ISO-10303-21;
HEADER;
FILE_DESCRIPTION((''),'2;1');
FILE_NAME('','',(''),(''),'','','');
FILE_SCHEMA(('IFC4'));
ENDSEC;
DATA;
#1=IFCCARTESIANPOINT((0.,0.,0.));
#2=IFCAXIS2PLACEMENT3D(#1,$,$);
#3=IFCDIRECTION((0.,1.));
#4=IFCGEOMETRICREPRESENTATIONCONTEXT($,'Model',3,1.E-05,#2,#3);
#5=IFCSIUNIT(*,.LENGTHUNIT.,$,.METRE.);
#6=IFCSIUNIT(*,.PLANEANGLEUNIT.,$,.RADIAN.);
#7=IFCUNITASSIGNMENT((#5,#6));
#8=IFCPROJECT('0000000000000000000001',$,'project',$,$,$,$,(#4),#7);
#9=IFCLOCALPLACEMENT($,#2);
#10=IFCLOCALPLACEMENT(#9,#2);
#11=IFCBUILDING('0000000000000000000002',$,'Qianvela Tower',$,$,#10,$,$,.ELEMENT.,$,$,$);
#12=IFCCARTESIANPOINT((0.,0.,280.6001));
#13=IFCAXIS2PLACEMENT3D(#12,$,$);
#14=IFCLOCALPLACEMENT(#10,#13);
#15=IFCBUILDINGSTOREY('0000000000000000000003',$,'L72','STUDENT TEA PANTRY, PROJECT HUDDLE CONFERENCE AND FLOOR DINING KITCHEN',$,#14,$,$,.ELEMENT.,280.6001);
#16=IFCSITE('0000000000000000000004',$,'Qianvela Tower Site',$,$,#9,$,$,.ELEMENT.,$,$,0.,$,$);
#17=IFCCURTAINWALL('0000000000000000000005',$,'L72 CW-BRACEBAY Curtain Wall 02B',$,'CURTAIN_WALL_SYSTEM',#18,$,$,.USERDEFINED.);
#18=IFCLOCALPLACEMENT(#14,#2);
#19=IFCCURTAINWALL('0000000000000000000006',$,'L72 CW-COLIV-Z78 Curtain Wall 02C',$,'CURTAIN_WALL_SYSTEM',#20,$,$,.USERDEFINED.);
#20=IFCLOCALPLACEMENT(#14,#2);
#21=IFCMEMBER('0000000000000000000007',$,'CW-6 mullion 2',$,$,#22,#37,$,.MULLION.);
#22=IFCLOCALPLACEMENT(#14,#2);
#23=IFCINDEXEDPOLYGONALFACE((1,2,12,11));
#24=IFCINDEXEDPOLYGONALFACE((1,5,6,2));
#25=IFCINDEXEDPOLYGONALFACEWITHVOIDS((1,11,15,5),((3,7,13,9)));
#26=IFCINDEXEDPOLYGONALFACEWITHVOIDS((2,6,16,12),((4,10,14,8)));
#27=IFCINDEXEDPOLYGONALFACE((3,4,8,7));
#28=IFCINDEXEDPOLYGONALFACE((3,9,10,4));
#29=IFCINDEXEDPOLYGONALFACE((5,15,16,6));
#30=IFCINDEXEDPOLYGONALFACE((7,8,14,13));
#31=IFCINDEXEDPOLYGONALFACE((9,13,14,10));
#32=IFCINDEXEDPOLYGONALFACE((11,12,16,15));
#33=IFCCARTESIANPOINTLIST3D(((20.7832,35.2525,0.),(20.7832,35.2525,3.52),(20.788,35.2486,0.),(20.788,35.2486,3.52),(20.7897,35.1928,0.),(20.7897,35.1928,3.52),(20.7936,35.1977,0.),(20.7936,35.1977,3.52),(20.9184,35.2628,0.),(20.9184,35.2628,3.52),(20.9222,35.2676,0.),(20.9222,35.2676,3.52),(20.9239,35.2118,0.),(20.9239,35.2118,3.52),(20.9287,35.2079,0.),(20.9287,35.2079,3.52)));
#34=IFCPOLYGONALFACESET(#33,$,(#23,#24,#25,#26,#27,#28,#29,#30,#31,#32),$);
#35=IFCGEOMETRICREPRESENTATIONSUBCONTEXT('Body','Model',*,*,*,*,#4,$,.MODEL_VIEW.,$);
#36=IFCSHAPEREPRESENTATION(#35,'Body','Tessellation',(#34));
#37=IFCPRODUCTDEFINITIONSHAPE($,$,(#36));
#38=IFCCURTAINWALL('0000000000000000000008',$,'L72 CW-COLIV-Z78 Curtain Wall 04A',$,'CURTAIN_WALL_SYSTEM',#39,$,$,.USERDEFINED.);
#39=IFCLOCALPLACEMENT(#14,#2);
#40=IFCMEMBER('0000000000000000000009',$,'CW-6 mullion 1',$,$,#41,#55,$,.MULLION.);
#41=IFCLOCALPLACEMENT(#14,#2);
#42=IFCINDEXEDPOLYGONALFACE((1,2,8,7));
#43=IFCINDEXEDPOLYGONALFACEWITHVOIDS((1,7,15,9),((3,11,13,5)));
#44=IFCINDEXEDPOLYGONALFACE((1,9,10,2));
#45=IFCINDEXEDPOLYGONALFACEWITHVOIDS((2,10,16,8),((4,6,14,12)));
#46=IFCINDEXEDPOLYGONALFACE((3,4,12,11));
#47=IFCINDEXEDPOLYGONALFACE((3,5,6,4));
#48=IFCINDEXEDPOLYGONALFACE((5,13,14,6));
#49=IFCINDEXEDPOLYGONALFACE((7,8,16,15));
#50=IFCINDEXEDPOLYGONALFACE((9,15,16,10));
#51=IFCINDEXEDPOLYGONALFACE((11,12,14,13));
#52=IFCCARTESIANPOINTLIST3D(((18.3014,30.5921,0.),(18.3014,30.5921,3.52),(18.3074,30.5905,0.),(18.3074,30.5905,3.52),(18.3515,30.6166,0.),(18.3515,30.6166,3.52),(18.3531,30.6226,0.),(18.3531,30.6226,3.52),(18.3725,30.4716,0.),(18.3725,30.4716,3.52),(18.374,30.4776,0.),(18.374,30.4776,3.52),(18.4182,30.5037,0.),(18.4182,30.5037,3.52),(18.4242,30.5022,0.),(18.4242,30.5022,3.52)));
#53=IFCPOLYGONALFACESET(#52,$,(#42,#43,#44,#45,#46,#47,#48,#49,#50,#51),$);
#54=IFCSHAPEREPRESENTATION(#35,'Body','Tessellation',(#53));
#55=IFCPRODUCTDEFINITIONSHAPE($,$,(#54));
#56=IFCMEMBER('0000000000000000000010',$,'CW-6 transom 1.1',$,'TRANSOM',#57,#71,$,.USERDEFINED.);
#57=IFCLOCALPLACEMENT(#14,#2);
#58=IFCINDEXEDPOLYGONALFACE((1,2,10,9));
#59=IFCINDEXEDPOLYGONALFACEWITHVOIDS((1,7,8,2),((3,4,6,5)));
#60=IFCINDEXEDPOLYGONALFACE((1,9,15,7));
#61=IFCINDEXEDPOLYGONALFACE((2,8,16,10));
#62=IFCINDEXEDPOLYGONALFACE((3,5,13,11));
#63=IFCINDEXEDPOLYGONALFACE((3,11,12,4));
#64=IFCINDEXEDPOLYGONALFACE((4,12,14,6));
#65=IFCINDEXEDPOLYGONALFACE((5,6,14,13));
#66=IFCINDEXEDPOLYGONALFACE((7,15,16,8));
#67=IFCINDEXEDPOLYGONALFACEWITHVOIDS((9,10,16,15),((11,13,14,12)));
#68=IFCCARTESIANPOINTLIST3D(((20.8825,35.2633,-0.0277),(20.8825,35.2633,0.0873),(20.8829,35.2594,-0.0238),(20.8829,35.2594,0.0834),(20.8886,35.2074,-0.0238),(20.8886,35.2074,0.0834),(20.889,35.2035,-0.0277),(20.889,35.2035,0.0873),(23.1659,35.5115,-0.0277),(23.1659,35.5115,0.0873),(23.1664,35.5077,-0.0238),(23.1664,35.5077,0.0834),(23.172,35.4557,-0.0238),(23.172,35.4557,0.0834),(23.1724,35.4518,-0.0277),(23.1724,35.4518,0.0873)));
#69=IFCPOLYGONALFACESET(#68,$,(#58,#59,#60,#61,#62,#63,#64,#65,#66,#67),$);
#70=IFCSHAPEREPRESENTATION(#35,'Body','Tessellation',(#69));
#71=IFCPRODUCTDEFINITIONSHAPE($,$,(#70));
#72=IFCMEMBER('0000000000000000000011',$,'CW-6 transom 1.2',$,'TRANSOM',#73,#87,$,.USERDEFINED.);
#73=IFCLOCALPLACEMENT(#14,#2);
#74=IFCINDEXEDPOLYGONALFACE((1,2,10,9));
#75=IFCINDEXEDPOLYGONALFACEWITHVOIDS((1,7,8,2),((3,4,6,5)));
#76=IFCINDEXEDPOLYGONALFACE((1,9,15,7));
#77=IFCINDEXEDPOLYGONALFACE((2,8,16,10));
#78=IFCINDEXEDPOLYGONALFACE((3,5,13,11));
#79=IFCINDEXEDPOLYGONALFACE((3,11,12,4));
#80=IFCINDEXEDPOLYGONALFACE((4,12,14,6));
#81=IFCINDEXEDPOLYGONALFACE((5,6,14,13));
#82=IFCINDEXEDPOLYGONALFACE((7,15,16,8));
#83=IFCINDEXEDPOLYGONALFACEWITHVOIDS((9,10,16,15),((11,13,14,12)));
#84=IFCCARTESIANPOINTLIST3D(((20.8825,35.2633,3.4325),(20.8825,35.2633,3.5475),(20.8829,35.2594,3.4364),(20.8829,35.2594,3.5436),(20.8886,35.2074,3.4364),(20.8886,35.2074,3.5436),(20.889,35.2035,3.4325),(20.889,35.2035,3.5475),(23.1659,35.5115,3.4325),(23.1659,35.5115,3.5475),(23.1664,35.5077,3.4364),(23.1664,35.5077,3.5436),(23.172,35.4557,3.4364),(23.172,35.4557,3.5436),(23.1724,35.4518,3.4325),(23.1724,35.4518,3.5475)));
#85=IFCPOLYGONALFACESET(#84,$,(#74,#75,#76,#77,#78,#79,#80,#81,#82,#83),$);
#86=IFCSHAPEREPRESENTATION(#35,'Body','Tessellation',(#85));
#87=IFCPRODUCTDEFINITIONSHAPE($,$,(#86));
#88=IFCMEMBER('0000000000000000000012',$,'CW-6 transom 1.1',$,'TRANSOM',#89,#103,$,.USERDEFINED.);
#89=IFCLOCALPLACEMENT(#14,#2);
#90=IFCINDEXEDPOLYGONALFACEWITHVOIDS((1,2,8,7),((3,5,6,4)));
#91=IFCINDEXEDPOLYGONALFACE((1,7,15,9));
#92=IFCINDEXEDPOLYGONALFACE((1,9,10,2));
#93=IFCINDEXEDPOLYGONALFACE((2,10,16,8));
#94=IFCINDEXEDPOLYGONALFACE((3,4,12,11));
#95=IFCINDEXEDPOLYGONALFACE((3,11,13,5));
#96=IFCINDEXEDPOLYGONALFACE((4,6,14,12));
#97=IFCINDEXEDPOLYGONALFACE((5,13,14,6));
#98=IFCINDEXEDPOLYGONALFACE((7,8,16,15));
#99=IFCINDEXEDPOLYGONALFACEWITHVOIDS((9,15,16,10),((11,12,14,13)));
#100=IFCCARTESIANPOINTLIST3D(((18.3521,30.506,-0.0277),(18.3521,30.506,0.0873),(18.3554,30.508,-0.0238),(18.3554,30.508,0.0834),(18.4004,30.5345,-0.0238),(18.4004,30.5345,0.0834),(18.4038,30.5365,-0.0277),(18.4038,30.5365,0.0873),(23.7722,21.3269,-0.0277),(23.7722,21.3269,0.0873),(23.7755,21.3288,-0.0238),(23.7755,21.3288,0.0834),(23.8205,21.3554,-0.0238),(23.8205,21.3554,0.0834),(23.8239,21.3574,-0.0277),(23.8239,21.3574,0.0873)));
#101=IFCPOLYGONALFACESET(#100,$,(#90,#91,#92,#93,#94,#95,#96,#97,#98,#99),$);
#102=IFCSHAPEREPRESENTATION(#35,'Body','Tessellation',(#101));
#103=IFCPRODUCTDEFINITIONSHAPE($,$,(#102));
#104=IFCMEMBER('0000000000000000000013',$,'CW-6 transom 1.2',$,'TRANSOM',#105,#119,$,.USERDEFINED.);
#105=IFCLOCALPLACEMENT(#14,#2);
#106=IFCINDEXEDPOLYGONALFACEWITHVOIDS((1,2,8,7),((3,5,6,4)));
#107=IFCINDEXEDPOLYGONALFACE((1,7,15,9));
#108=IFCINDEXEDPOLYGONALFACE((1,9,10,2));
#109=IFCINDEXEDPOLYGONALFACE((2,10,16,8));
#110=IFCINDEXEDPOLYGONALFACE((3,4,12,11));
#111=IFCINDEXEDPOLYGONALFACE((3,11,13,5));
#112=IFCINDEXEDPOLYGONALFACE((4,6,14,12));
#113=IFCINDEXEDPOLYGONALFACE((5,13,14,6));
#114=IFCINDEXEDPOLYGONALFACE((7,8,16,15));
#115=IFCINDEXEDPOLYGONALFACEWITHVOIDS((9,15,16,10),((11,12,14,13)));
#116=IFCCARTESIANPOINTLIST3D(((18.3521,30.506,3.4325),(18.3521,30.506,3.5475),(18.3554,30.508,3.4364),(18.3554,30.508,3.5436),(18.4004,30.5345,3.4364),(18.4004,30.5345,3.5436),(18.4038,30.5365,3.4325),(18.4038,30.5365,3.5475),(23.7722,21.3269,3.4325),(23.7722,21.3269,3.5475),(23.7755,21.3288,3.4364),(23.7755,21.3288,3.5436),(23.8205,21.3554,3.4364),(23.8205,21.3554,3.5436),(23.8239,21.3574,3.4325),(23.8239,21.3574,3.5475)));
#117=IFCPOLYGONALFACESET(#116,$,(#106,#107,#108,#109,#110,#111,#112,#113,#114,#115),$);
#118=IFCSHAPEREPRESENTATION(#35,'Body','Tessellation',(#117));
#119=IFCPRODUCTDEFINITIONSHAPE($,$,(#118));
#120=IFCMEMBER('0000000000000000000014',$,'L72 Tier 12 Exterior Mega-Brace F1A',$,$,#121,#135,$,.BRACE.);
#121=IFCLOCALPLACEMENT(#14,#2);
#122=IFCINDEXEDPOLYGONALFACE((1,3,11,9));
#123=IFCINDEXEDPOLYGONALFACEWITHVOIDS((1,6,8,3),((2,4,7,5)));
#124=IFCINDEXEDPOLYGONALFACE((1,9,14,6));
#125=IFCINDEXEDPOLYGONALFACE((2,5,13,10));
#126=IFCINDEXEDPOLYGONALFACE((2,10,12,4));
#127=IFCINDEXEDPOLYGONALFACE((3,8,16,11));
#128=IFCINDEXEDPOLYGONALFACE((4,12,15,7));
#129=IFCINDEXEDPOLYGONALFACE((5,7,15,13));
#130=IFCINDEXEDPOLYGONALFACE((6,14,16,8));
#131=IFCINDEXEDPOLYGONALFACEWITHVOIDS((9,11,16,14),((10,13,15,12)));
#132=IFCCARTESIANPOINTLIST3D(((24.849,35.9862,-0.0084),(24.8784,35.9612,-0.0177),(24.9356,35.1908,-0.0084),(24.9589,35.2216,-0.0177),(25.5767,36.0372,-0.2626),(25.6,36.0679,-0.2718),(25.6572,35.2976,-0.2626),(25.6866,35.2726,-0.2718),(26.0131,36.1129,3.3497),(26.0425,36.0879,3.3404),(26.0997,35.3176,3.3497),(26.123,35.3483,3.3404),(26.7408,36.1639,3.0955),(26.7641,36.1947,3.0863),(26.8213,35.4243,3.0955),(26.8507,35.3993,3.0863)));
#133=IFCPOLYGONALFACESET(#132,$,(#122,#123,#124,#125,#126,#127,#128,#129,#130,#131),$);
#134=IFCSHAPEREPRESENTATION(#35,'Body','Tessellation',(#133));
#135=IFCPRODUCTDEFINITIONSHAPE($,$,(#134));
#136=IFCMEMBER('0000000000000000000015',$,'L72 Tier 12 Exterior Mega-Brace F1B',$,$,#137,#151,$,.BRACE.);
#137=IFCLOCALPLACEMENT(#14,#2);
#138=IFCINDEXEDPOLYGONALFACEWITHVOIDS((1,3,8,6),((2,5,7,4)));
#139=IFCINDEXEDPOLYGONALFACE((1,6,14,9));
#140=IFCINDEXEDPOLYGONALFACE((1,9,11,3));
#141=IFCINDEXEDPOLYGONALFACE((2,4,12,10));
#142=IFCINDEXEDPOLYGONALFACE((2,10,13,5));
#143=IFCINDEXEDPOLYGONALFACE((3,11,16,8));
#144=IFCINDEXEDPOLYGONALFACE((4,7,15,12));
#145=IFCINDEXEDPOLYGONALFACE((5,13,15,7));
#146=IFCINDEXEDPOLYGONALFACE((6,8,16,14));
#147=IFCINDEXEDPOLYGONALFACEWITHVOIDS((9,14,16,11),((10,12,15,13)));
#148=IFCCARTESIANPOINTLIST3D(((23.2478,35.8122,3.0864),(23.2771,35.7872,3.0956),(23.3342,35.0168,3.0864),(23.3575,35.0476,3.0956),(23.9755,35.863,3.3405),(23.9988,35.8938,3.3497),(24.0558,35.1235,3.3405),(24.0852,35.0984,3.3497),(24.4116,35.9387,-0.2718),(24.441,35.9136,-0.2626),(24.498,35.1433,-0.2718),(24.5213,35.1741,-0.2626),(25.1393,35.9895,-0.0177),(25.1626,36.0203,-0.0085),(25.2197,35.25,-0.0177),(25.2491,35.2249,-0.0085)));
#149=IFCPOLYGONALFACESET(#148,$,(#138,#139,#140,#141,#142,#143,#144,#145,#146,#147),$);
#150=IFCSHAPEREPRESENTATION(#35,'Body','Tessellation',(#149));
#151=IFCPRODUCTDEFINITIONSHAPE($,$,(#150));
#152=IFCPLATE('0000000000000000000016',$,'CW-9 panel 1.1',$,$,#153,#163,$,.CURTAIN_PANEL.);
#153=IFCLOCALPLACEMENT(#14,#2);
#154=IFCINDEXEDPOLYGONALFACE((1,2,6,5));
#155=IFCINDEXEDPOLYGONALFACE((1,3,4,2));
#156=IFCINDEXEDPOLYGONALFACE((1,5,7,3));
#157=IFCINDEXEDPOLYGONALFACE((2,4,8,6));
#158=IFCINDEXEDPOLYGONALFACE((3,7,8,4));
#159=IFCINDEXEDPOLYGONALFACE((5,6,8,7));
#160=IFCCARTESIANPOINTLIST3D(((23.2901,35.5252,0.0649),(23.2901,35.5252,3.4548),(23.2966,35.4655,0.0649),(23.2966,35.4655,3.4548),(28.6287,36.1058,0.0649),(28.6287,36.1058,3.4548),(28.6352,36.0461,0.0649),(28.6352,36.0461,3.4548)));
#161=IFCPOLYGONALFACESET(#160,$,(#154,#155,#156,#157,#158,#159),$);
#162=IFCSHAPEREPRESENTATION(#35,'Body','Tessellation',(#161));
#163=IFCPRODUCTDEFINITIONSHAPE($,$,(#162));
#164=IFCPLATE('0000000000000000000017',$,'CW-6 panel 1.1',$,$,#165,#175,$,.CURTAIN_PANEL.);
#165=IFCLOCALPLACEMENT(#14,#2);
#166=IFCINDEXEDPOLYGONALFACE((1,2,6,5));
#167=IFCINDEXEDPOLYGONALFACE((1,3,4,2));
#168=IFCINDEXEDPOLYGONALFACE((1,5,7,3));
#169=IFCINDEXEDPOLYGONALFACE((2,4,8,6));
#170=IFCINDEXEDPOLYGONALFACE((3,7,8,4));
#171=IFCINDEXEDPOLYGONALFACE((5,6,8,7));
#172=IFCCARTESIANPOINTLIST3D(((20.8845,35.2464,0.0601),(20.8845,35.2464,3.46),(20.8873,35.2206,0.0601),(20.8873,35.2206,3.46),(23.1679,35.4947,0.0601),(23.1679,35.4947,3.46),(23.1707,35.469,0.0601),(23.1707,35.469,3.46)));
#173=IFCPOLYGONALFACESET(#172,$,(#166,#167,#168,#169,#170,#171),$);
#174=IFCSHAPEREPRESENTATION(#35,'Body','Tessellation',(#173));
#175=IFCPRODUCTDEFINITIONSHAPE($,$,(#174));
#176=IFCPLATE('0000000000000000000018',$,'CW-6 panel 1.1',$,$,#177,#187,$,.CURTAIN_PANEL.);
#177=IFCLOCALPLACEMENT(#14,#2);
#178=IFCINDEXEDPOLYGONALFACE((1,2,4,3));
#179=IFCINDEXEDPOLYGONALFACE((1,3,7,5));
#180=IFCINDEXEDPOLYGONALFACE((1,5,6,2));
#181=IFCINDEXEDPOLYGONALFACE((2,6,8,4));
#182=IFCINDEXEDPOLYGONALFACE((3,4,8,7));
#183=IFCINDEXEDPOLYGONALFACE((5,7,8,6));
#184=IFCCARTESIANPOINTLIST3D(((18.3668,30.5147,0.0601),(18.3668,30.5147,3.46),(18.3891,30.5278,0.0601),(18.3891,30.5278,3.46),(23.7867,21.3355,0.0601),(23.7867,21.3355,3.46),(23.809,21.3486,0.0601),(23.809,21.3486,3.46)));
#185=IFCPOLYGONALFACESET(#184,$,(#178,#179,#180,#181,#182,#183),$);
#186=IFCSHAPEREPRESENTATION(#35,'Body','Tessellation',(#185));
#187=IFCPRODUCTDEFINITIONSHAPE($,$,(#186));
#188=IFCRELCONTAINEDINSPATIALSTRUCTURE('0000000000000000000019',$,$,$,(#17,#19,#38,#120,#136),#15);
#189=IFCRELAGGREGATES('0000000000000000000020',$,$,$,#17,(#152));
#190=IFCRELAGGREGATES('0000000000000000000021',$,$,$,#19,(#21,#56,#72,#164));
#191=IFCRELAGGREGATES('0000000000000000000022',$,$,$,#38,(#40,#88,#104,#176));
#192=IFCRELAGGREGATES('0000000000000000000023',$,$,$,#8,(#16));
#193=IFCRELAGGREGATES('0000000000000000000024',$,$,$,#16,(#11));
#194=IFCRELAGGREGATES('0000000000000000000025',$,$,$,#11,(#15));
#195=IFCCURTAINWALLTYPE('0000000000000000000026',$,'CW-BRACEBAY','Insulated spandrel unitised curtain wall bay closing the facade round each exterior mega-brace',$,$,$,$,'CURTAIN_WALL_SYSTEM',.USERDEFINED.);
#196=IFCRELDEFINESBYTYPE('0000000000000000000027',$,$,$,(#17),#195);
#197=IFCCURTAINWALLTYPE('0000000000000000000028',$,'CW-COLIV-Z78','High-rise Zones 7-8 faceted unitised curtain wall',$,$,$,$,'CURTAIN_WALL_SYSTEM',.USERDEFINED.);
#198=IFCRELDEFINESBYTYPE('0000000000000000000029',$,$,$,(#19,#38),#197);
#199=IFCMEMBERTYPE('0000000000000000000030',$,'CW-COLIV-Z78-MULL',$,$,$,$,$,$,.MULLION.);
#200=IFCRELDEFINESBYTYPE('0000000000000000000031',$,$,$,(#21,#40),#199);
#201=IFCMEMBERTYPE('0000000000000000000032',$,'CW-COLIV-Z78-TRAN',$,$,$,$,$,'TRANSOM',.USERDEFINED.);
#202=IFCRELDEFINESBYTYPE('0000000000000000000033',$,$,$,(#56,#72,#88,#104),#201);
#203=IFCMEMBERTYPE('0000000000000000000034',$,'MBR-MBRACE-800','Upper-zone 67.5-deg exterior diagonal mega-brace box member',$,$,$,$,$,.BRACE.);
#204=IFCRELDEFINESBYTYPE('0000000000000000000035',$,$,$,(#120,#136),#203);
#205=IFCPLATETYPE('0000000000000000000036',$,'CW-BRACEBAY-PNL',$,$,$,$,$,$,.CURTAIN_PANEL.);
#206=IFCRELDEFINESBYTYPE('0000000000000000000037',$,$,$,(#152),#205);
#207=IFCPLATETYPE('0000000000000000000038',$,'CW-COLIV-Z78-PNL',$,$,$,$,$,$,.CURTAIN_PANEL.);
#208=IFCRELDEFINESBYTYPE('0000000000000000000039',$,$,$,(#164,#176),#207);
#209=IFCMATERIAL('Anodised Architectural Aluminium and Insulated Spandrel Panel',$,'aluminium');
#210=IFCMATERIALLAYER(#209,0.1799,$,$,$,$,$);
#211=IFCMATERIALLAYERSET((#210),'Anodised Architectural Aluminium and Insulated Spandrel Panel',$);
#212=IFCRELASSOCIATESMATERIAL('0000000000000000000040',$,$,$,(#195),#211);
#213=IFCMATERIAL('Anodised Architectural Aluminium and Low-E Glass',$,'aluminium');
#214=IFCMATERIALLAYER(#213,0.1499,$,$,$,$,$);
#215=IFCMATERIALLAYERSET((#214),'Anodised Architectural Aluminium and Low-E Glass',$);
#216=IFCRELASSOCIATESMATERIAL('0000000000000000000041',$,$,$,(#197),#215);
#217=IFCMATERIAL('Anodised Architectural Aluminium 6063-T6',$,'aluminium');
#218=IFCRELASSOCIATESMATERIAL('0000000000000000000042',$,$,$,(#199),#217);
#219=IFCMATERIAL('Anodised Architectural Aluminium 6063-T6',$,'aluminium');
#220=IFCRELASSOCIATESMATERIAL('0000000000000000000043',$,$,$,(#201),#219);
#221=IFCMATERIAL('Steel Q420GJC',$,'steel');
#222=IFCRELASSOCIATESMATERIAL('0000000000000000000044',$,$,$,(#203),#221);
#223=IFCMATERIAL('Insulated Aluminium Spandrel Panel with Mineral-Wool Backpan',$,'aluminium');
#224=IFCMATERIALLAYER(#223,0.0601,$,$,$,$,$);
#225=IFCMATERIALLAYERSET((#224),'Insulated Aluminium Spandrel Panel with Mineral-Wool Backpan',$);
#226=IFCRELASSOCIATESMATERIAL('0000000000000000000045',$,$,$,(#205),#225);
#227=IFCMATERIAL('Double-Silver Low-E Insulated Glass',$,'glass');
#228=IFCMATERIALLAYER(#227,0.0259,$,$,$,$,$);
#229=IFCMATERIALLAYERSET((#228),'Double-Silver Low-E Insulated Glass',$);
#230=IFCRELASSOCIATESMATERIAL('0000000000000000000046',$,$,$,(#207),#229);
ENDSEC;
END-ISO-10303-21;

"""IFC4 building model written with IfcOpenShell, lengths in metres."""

from ifc_helpers import new_model, si_unit, direction, frame, origin, origin_2d, place, context, subcontext, project, spatial, rectangle, hollow_rectangle, extrude, material, layer, layer_set, material_profile, profile_set, type_object, element, aggregate, save


model = new_model("IFC4")

# Units and contexts
model_context = context("Model", 3, precision=1e-05, world=origin(), true_north=direction((0.0, 1.0)))
body_context = subcontext(model_context, "Body", "Model", "MODEL_VIEW")
ifc_project = project(units=[si_unit("LENGTHUNIT", "METRE"), si_unit("PLANEANGLEUNIT", "RADIAN")], contexts=[model_context])

# Site, building, storey
site_placement = place(None, origin())
site = spatial("IfcSite", under=ifc_project, at=site_placement, Name="Qianvela Tower Site", CompositionType="ELEMENT", RefElevation=0.0)
building_placement = place(site_placement, origin())
building = spatial("IfcBuilding", under=site, at=building_placement, Name="Qianvela Tower", CompositionType="ELEMENT")
storey_placement = place(building_placement, frame((0.0, 0.0, 280.6001)))
storey = spatial("IfcBuildingStorey", under=building, at=storey_placement, Name="L72", Description="STUDENT TEA PANTRY, PROJECT HUDDLE CONFERENCE AND FLOOR DINING KITCHEN", CompositionType="ELEMENT", Elevation=280.6001)

# Curtain wall
ifc_material_1 = material(Name="Anodised Architectural Aluminium and Insulated Spandrel Panel", Category="aluminium")
ifc_layer_1 = layer(ifc_material_1, 0.1799)
ifc_layer_set_1 = layer_set([ifc_layer_1], Name="Anodised Architectural Aluminium and Insulated Spandrel Panel")
curtain_wall_type_1 = type_object("IfcCurtainWallType", Name="CW-BRACEBAY", Description="Insulated spandrel unitised curtain wall bay closing the facade round each exterior mega-brace", ElementType="CURTAIN_WALL_SYSTEM", PredefinedType="USERDEFINED", material=ifc_layer_set_1)
curtain_wall_1_placement = place(storey_placement, origin())
curtain_wall_1 = element("IfcCurtainWall", 1, at=curtain_wall_1_placement, inside=storey, type_object=curtain_wall_type_1, Name="L72 CW-BRACEBAY Curtain Wall 02B", ObjectType="CURTAIN_WALL_SYSTEM", PredefinedType="USERDEFINED")

# Curtain wall, member
ifc_material_2 = material(Name="Anodised Architectural Aluminium and Low-E Glass", Category="aluminium")
ifc_layer_2 = layer(ifc_material_2, 0.1499)
ifc_layer_set_2 = layer_set([ifc_layer_2], Name="Anodised Architectural Aluminium and Low-E Glass")
curtain_wall_type_2 = type_object("IfcCurtainWallType", Name="CW-COLIV-Z78", Description="High-rise Zones 7-8 faceted unitised curtain wall", ElementType="CURTAIN_WALL_SYSTEM", PredefinedType="USERDEFINED", material=ifc_layer_set_2)
curtain_wall_2_placement = place(storey_placement, origin())
curtain_wall_2 = element("IfcCurtainWall", 2, at=curtain_wall_2_placement, inside=storey, type_object=curtain_wall_type_2, Name="L72 CW-COLIV-Z78 Curtain Wall 02C", ObjectType="CURTAIN_WALL_SYSTEM", PredefinedType="USERDEFINED")
ifc_material_3 = material(Name="Anodised Architectural Aluminium 6063-T6", Category="aluminium")
ifc_material_profile_1 = material_profile(ifc_material_3, hollow_rectangle(XDim=0.0601, YDim=0.1399, WallThickness=0.0044, at=origin_2d()), Name="ALU-MULL-60x140")
ifc_profile_set_1 = profile_set([ifc_material_profile_1], Name="Anodised Architectural Aluminium 6063-T6")
member_type_1 = type_object("IfcMemberType", Name="CW-COLIV-Z78-MULL", PredefinedType="MULLION", material=ifc_profile_set_1)
member_1_placement = place(storey_placement, frame((20.856, 35.2302, 0.0), z_axis=(0.0, 0.0, 1.0), x_axis=(0.10812, -0.994138, 0.0)))
member_1 = element("IfcMember", 3, at=member_1_placement, type_object=member_type_1, Name="CW-6 mullion 2", PredefinedType="MULLION", context=body_context, shape_type="SweptSolid", body=[
    extrude(hollow_rectangle(XDim=0.0601, YDim=0.1399, WallThickness=0.0044, at=origin_2d()), origin(), (0.0, 0.0, 1.0), 3.52),
])

# Curtain wall, member
curtain_wall_3_placement = place(storey_placement, origin())
curtain_wall_3 = element("IfcCurtainWall", 4, at=curtain_wall_3_placement, inside=storey, type_object=curtain_wall_type_2, Name="L72 CW-COLIV-Z78 Curtain Wall 04A", ObjectType="CURTAIN_WALL_SYSTEM", PredefinedType="USERDEFINED")
member_2_placement = place(storey_placement, frame((18.3628, 30.5471, 0.0), z_axis=(0.0, 0.0, 1.0), x_axis=(0.861096, 0.508442, 0.0)))
member_2 = element("IfcMember", 5, at=member_2_placement, type_object=member_type_1, Name="CW-6 mullion 1", PredefinedType="MULLION", context=body_context, shape_type="SweptSolid", body=[
    extrude(hollow_rectangle(XDim=0.0601, YDim=0.1399, WallThickness=0.0044, at=origin_2d()), origin(), (0.0, 0.0, 1.0), 3.52),
])

# Members
ifc_material_4 = material(Name="Anodised Architectural Aluminium 6063-T6", Category="aluminium")
ifc_material_profile_2 = material_profile(ifc_material_4, hollow_rectangle(XDim=0.0601, YDim=0.115, WallThickness=0.0039, at=origin_2d()), Name="ALU-TRAN-60x115")
ifc_profile_set_2 = profile_set([ifc_material_profile_2], Name="Anodised Architectural Aluminium 6063-T6")
member_type_2 = type_object("IfcMemberType", Name="CW-COLIV-Z78-TRAN", ElementType="TRANSOM", PredefinedType="USERDEFINED", material=ifc_profile_set_2)
member_3_placement = place(storey_placement, frame((23.1692, 35.4817, 0.0298), z_axis=(-0.99414, -0.108098, 0.0), x_axis=(0.108098, -0.99414, 0.0)))
member_3 = element("IfcMember", 6, at=member_3_placement, type_object=member_type_2, Name="CW-6 transom 1.1", ObjectType="TRANSOM", PredefinedType="USERDEFINED", context=body_context, shape_type="SweptSolid", body=[
    extrude(hollow_rectangle(XDim=0.0601, YDim=0.115, WallThickness=0.0039, at=origin_2d()), origin(), (0.0, 0.0, 1.0), 2.2969),
])
member_4_placement = place(storey_placement, frame((23.1692, 35.4817, 3.49), z_axis=(-0.99414, -0.108098, 0.0), x_axis=(0.108098, -0.99414, 0.0)))
member_4 = element("IfcMember", 7, at=member_4_placement, type_object=member_type_2, Name="CW-6 transom 1.2", ObjectType="TRANSOM", PredefinedType="USERDEFINED", context=body_context, shape_type="SweptSolid", body=[
    extrude(hollow_rectangle(XDim=0.0601, YDim=0.115, WallThickness=0.0039, at=origin_2d()), origin(), (0.0, 0.0, 1.0), 2.2969),
])
member_5_placement = place(storey_placement, frame((18.3779, 30.5212, 0.0298), z_axis=(0.508458, -0.861087, 0.0), x_axis=(0.861087, 0.508458, 0.0)))
member_5 = element("IfcMember", 8, at=member_5_placement, type_object=member_type_2, Name="CW-6 transom 1.1", ObjectType="TRANSOM", PredefinedType="USERDEFINED", context=body_context, shape_type="SweptSolid", body=[
    extrude(hollow_rectangle(XDim=0.0601, YDim=0.115, WallThickness=0.0039, at=origin_2d()), origin(), (0.0, 0.0, 1.0), 10.6599),
])
member_6_placement = place(storey_placement, frame((18.3779, 30.5212, 3.49), z_axis=(0.508458, -0.861087, 0.0), x_axis=(0.861087, 0.508458, 0.0)))
member_6 = element("IfcMember", 9, at=member_6_placement, type_object=member_type_2, Name="CW-6 transom 1.2", ObjectType="TRANSOM", PredefinedType="USERDEFINED", context=body_context, shape_type="SweptSolid", body=[
    extrude(hollow_rectangle(XDim=0.0601, YDim=0.115, WallThickness=0.0039, at=origin_2d()), origin(), (0.0, 0.0, 1.0), 10.6599),
])

# Members
ifc_material_5 = material(Name="Steel Q420GJC", Category="steel")
ifc_material_profile_3 = material_profile(ifc_material_5, hollow_rectangle(XDim=0.8, YDim=0.8, WallThickness=0.0281, at=origin_2d()), Name="MBOX-800x800x28")
ifc_profile_set_3 = profile_set([ifc_material_profile_3], Name="Steel Q420GJC")
member_type_3 = type_object("IfcMemberType", Name="MBR-MBRACE-800", Description="Upper-zone 67.5-deg exterior diagonal mega-brace box member", PredefinedType="BRACE", material=ifc_profile_set_3)
for number, where, z_axis, x_axis, name in (
    (10, (25.2678, 35.6294, -0.1401), (0.327311, 0.035628, 0.944245), (-0.108211, 0.994128, 0.0), "L72 Tier 12 Exterior Mega-Brace F1A"),
    (11, (24.8303, 35.5818, -0.1401), (-0.32725, -0.03556, 0.944268), (0.108028, -0.994148, 0.0), "L72 Tier 12 Exterior Mega-Brace F1B"),
):
    element("IfcMember", number, at=place(storey_placement, frame(where, z_axis=z_axis, x_axis=x_axis)), inside=storey, type_object=member_type_3, Name=name, PredefinedType="BRACE", context=body_context, shape_type="SweptSolid", body=[
        extrude(hollow_rectangle(XDim=0.8, YDim=0.8, WallThickness=0.0281, at=origin_2d()), origin(), (0.0, 0.0, 1.0), 3.5564),
    ])

# Plates
ifc_material_6 = material(Name="Insulated Aluminium Spandrel Panel with Mineral-Wool Backpan", Category="aluminium")
ifc_layer_3 = layer(ifc_material_6, 0.0601)
ifc_layer_set_3 = layer_set([ifc_layer_3], Name="Insulated Aluminium Spandrel Panel with Mineral-Wool Backpan")
plate_type_1 = type_object("IfcPlateType", Name="CW-BRACEBAY-PNL", PredefinedType="CURTAIN_PANEL", material=ifc_layer_set_3)
plate_1_placement = place(storey_placement, frame((25.9626, 35.7856, 0.0649), z_axis=(0.0, 0.0, 1.0), x_axis=(-0.994137, -0.108126, 0.0)))
plate_1 = element("IfcPlate", 12, at=plate_1_placement, type_object=plate_type_1, Name="CW-9 panel 1.1", PredefinedType="CURTAIN_PANEL", context=body_context, shape_type="SweptSolid", body=[
    extrude(rectangle(XDim=5.3701, YDim=0.0601, at=origin_2d()), origin(), (0.0, 0.0, 1.0), 3.3899),
])
aggregate(curtain_wall_1, [plate_1])
ifc_material_7 = material(Name="Double-Silver Low-E Insulated Glass", Category="glass")
ifc_layer_4 = layer(ifc_material_7, 0.0259)
ifc_layer_set_4 = layer_set([ifc_layer_4], Name="Double-Silver Low-E Insulated Glass")
plate_type_2 = type_object("IfcPlateType", Name="CW-COLIV-Z78-PNL", PredefinedType="CURTAIN_PANEL", material=ifc_layer_set_4)
plate_2_placement = place(storey_placement, frame((22.0276, 35.3577, 0.0601), z_axis=(0.0, 0.0, 1.0), x_axis=(-0.994138, -0.10812, 0.0)))
plate_2 = element("IfcPlate", 13, at=plate_2_placement, type_object=plate_type_2, Name="CW-6 panel 1.1", PredefinedType="CURTAIN_PANEL", context=body_context, shape_type="SweptSolid", body=[
    extrude(rectangle(XDim=2.2969, YDim=0.0259, at=origin_2d()), origin(), (0.0, 0.0, 1.0), 3.3999),
])
aggregate(curtain_wall_2, [member_1, member_3, member_4, plate_2])
plate_3_placement = place(storey_placement, frame((21.0879, 25.9316, 0.0601), z_axis=(0.0, 0.0, 1.0), x_axis=(0.508442, -0.861096, 0.0)))
plate_3 = element("IfcPlate", 14, at=plate_3_placement, type_object=plate_type_2, Name="CW-6 panel 1.1", PredefinedType="CURTAIN_PANEL", context=body_context, shape_type="SweptSolid", body=[
    extrude(rectangle(XDim=10.6599, YDim=0.0259, at=origin_2d()), origin(), (0.0, 0.0, 1.0), 3.3999),
])
aggregate(curtain_wall_3, [member_2, member_5, member_6, plate_3])

save(model, "model.ifc")
